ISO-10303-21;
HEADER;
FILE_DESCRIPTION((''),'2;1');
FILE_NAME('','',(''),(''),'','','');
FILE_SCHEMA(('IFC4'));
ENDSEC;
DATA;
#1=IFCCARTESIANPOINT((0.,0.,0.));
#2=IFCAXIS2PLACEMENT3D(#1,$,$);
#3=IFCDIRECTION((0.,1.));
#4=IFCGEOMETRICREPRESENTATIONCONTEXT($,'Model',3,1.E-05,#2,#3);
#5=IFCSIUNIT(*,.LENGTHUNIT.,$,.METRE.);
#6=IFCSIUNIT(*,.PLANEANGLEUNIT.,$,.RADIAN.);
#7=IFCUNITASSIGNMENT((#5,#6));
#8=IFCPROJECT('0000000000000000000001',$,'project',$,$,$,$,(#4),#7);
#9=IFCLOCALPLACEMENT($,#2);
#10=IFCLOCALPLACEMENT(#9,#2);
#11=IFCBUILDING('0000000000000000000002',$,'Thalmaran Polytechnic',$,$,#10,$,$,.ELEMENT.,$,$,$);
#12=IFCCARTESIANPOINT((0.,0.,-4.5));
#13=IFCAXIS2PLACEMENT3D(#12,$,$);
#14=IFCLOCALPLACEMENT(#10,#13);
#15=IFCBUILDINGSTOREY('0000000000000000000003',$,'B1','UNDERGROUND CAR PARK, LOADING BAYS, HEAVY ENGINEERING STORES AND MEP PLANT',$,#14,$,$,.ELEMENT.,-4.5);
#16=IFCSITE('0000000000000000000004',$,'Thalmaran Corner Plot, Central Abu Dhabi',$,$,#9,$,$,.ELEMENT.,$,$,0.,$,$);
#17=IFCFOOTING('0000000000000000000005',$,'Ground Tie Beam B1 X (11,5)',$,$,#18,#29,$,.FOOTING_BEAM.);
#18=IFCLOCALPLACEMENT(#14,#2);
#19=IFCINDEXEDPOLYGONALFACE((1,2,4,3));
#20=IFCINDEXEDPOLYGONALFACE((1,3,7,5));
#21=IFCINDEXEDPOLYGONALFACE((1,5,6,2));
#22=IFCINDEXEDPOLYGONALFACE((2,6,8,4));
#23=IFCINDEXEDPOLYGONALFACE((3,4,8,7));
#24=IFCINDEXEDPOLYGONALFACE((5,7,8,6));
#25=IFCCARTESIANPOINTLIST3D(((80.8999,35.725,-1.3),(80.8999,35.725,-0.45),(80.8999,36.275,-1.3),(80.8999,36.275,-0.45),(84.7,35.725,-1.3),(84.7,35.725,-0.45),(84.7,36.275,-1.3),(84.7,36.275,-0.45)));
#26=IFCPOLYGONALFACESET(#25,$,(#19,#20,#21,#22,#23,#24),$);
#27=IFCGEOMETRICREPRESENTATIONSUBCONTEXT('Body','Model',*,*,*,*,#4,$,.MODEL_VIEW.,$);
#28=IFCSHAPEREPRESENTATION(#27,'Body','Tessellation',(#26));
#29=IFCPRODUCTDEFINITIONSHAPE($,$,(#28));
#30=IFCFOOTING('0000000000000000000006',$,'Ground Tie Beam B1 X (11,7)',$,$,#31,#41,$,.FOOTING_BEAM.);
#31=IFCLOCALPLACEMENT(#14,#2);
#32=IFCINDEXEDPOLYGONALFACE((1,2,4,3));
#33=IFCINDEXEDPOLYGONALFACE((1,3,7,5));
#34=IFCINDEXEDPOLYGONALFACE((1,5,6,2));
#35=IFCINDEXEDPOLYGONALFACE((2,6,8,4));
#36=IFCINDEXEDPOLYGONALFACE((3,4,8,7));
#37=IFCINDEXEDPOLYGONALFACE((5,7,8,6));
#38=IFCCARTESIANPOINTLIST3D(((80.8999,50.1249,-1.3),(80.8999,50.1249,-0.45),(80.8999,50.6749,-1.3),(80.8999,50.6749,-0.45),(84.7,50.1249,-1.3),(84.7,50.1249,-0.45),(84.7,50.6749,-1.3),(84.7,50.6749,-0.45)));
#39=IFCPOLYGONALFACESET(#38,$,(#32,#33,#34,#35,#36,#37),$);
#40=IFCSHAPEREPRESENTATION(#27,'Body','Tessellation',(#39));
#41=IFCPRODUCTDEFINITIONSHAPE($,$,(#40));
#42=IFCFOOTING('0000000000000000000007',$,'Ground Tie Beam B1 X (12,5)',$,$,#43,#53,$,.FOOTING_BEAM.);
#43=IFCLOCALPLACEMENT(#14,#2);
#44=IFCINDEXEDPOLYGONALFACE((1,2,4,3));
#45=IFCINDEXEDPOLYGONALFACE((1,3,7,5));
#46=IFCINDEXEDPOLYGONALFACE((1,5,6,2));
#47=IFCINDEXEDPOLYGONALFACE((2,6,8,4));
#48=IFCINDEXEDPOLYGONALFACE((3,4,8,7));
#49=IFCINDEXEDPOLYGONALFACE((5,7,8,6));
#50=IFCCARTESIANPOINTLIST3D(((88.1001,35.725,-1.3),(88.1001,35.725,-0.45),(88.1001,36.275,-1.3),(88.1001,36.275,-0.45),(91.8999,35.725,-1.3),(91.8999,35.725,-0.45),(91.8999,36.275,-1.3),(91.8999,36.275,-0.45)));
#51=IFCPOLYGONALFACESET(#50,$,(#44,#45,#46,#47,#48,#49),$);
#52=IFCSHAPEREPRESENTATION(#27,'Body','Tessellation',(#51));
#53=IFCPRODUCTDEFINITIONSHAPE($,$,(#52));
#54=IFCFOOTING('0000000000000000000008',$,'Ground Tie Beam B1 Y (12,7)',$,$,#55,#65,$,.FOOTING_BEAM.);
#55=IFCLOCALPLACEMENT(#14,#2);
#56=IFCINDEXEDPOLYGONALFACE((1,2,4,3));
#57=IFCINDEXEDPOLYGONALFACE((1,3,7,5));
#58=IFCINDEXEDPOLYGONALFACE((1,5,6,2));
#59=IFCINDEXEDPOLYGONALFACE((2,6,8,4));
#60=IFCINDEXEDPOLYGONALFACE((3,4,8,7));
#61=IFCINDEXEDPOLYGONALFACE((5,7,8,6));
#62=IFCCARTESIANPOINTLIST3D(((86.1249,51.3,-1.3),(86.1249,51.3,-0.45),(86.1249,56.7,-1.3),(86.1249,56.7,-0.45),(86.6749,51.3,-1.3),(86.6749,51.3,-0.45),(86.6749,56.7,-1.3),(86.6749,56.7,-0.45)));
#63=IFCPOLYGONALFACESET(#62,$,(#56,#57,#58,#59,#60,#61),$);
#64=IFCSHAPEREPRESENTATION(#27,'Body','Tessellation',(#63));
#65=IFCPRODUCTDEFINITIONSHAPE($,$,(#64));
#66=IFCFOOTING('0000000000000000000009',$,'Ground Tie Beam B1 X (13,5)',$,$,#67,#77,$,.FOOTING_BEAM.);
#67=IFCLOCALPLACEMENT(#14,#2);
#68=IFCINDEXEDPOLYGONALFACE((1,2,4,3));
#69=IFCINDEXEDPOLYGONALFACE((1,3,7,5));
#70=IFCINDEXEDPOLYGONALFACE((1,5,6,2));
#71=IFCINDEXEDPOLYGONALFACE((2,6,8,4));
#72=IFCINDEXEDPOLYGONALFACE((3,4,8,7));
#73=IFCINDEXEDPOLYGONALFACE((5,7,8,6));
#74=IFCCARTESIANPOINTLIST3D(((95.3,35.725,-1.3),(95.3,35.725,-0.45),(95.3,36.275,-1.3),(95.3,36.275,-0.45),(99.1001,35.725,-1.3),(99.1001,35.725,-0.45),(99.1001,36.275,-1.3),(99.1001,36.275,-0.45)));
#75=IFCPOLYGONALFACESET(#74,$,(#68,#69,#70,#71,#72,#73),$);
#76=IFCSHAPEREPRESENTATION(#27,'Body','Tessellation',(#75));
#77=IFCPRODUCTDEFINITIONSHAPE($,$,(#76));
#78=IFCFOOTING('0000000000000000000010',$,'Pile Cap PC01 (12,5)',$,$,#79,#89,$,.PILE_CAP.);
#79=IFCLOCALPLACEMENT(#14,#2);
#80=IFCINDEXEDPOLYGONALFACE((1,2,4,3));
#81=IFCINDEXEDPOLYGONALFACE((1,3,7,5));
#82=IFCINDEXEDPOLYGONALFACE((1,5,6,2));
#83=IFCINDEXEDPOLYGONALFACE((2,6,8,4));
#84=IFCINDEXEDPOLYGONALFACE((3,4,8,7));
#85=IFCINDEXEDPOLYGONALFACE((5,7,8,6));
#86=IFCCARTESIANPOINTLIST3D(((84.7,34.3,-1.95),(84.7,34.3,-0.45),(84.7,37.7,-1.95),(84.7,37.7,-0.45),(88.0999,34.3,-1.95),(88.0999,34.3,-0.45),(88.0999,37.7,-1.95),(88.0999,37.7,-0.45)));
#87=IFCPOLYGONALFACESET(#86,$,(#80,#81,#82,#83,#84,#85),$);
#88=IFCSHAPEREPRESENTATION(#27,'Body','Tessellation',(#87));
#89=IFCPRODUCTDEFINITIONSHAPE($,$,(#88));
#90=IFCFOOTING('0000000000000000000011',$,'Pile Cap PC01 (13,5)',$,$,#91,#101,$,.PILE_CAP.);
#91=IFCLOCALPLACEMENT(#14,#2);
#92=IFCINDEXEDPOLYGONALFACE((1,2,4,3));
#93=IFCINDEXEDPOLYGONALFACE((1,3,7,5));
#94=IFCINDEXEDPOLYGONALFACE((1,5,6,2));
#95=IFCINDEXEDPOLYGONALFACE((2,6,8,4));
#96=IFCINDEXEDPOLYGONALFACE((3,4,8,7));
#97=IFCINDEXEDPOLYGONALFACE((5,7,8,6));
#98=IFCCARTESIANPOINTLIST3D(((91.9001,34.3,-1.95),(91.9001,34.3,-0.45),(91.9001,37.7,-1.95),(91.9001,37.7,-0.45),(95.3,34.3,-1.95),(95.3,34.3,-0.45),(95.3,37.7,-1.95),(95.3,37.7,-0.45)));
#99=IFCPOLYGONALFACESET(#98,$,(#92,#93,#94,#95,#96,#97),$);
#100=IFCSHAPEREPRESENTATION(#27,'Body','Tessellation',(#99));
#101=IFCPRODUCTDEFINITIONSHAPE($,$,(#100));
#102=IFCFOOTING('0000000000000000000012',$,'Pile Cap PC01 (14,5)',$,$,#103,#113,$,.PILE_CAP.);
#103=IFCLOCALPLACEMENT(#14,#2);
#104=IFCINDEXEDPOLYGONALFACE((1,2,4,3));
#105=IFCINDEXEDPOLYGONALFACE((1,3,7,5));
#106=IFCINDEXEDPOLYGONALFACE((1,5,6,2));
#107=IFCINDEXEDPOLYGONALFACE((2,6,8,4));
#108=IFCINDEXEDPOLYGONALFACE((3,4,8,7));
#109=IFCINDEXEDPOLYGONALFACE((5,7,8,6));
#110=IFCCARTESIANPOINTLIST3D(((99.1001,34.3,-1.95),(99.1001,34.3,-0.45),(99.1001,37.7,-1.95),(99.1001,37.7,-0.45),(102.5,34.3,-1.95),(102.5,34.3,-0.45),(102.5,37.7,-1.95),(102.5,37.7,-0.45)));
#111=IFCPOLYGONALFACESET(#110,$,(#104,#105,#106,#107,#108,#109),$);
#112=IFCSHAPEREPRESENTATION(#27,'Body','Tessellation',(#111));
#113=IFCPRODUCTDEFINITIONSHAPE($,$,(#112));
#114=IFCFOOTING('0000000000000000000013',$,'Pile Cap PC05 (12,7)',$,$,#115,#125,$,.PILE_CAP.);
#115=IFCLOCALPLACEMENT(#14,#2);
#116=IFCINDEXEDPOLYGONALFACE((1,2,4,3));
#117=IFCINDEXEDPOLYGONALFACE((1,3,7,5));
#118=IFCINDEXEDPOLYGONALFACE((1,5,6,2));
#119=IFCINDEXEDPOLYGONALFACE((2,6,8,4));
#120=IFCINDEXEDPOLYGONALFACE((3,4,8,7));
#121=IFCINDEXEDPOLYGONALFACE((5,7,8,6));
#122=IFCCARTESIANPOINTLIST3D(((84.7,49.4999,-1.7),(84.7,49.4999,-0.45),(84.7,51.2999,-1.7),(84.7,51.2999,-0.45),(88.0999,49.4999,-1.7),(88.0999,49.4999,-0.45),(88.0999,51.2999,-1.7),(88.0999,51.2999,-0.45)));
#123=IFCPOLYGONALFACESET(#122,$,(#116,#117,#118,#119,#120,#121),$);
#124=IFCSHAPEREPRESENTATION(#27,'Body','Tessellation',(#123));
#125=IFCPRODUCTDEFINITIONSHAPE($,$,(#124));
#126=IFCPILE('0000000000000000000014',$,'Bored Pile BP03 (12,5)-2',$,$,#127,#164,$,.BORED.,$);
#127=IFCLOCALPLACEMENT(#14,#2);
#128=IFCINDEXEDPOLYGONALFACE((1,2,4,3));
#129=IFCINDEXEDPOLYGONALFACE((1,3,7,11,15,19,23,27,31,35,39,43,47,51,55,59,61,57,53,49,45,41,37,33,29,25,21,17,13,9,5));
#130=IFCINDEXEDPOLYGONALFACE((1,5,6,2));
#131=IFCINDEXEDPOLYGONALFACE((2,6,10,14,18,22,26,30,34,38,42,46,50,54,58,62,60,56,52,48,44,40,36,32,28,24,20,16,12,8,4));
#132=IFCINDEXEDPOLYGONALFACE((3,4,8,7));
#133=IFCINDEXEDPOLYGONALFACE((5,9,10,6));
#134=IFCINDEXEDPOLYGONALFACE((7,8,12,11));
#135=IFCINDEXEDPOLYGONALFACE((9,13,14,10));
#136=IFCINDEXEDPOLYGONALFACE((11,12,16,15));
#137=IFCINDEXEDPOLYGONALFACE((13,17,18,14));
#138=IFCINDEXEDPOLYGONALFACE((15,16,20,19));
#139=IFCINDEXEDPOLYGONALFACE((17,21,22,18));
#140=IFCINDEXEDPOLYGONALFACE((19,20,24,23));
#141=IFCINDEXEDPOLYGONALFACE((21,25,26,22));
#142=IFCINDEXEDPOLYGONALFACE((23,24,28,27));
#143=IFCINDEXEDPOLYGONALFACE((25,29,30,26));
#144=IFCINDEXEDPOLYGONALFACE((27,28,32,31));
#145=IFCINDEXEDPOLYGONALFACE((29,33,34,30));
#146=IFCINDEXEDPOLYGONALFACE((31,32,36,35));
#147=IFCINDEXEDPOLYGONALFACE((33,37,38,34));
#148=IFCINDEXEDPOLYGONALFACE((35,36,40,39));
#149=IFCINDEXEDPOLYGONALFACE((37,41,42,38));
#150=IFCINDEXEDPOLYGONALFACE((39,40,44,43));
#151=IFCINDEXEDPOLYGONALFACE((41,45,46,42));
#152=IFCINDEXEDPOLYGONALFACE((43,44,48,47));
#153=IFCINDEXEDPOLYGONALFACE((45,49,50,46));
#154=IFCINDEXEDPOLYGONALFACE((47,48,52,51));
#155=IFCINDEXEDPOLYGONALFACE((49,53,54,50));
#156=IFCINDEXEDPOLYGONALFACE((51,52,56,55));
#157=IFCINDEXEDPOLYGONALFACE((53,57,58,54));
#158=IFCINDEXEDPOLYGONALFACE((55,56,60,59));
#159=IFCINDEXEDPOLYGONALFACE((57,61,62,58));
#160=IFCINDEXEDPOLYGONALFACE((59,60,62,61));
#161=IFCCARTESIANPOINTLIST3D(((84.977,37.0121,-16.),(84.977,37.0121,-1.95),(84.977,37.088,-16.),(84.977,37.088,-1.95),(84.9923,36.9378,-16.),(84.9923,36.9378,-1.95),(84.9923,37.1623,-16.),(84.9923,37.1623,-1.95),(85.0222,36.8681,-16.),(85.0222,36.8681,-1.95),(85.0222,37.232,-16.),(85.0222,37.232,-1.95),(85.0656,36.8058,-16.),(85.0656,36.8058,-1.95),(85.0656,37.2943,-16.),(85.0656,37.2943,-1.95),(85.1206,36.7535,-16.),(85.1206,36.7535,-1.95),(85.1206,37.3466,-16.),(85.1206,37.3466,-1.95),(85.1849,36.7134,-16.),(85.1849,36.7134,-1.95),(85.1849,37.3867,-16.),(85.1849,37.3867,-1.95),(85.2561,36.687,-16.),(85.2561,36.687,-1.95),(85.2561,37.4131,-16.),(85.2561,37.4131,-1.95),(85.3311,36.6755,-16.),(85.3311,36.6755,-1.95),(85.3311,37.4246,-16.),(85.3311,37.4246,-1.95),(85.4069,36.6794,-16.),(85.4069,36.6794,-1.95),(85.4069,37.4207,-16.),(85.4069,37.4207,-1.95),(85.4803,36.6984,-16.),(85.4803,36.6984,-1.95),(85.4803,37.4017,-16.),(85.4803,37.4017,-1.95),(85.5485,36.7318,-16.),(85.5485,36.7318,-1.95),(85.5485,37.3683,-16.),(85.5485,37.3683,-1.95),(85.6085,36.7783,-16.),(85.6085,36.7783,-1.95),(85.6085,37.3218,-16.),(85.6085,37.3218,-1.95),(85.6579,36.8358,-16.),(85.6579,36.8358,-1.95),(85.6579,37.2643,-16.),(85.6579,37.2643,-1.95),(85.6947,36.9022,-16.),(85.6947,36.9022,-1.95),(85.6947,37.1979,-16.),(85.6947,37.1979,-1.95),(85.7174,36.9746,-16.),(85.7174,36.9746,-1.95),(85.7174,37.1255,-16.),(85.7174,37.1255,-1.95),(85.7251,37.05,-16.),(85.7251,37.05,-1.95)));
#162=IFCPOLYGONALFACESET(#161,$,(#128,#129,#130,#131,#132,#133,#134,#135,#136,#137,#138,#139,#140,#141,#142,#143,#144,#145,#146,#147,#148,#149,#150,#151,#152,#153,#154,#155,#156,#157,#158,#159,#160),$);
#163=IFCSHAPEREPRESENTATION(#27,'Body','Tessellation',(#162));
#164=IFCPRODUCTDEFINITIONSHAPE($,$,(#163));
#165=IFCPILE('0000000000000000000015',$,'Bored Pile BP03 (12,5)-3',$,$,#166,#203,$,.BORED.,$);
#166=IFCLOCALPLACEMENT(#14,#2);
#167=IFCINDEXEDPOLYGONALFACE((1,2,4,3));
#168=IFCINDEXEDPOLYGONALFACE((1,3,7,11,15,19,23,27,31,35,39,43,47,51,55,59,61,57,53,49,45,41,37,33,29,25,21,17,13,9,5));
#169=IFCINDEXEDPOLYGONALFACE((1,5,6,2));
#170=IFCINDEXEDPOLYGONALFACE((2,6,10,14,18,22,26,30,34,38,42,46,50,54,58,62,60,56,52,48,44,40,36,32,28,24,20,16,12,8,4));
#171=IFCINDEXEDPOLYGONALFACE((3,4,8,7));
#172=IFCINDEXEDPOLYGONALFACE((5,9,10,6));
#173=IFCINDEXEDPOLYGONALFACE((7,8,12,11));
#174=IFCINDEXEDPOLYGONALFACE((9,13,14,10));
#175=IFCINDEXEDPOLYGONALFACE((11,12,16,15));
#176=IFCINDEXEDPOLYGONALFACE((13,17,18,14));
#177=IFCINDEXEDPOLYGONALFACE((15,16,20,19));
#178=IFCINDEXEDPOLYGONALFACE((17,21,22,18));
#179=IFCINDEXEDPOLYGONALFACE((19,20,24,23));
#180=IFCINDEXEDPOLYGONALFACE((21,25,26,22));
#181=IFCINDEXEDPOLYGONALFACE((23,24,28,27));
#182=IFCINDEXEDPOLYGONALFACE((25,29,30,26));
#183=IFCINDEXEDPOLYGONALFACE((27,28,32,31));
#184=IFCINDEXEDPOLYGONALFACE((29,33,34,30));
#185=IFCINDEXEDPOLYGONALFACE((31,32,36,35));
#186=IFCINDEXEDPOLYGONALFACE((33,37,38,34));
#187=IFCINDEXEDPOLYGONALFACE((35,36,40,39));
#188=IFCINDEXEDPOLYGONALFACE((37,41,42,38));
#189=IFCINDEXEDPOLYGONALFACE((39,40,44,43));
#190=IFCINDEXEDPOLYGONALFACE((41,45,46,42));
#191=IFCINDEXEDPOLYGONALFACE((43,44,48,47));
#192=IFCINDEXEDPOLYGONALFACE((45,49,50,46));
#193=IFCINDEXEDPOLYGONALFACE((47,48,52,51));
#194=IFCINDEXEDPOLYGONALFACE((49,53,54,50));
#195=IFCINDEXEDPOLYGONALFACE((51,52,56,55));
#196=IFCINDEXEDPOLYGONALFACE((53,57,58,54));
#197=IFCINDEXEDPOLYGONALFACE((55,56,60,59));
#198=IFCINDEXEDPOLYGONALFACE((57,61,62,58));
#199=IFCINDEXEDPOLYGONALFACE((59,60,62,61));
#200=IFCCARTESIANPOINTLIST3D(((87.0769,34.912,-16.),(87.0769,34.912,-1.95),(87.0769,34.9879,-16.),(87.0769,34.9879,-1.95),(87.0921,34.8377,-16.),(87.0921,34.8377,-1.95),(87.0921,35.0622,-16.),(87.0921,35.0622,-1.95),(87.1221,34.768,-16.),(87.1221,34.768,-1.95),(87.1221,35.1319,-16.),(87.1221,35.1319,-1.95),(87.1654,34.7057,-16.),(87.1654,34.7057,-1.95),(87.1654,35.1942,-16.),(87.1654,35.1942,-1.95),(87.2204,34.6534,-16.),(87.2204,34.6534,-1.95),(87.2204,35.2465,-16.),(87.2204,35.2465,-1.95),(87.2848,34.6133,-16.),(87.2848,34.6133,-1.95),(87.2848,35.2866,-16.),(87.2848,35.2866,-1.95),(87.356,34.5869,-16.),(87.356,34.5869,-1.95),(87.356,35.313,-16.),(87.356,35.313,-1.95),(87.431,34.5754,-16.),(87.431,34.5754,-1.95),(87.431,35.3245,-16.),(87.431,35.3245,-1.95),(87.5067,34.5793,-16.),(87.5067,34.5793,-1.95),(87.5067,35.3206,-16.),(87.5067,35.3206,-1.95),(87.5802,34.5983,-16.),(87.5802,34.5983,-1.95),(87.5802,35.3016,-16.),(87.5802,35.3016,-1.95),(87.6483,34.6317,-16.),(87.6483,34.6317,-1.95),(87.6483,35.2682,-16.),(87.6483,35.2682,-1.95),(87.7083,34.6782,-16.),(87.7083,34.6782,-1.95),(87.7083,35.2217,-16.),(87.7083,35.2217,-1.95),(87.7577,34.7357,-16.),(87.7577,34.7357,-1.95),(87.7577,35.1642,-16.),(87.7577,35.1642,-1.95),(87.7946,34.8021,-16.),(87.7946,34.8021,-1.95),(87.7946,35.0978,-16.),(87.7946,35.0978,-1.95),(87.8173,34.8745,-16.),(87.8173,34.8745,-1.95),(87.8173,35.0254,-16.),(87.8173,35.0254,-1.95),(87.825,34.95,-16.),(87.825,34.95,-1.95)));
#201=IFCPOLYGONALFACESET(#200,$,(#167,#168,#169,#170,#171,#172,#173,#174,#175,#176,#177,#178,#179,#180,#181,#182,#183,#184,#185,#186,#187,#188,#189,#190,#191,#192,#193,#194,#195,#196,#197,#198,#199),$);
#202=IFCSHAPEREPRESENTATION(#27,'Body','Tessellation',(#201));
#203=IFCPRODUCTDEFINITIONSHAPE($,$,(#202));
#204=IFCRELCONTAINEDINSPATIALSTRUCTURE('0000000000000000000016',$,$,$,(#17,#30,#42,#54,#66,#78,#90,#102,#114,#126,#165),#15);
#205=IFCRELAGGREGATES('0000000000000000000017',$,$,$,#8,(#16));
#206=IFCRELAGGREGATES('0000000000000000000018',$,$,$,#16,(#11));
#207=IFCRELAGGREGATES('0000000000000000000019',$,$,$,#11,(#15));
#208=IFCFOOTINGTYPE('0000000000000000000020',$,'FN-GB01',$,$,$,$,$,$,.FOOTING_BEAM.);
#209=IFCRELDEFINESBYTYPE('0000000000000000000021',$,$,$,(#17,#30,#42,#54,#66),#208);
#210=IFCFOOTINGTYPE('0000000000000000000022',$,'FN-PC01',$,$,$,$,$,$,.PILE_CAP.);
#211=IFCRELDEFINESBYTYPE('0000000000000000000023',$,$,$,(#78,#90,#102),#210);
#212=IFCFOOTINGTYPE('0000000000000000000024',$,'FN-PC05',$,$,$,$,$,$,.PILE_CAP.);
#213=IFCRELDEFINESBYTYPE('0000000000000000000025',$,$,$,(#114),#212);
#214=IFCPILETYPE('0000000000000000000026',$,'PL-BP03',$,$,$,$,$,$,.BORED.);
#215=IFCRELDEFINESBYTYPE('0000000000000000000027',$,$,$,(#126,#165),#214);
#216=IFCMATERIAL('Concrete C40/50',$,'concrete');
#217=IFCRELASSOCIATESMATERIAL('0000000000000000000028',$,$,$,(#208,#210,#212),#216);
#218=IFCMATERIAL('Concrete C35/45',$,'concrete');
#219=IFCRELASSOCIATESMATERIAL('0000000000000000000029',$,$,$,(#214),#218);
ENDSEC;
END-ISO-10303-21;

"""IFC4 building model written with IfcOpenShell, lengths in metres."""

from ifc_helpers import new_model, si_unit, direction, frame, origin, origin_2d, place, context, subcontext, project, spatial, rectangle, circle, extrude, material, material_profile, profile_set, type_object, element, save


model = new_model("IFC4")

# Units and contexts
model_context = context("Model", 3, precision=1e-05, world=origin(), true_north=direction((0.0, 1.0)))
body_context = subcontext(model_context, "Body", "Model", "MODEL_VIEW")
ifc_project = project(units=[si_unit("LENGTHUNIT", "METRE"), si_unit("PLANEANGLEUNIT", "RADIAN")], contexts=[model_context])

# Site, building, storey
site_placement = place(None, origin())
site = spatial("IfcSite", under=ifc_project, at=site_placement, Name="Thalmaran Corner Plot, Central Abu Dhabi", CompositionType="ELEMENT", RefElevation=0.0)
building_placement = place(site_placement, origin())
building = spatial("IfcBuilding", under=site, at=building_placement, Name="Thalmaran Polytechnic", CompositionType="ELEMENT")
storey_placement = place(building_placement, frame((0.0, 0.0, -4.5)))
storey = spatial("IfcBuildingStorey", under=building, at=storey_placement, Name="B1", Description="UNDERGROUND CAR PARK, LOADING BAYS, HEAVY ENGINEERING STORES AND MEP PLANT", CompositionType="ELEMENT", Elevation=-4.5)

# Footings
ifc_material_1 = material(Name="Concrete C40/50", Category="concrete")
ifc_material_profile_1 = material_profile(ifc_material_1, rectangle(XDim=0.55, YDim=0.8501, at=origin_2d()), Name="RC 550x850")
ifc_profile_set_1 = profile_set([ifc_material_profile_1], Name="Concrete C40/50")
footing_type_1 = type_object("IfcFootingType", Name="FN-GB01", PredefinedType="FOOTING_BEAM", material=ifc_profile_set_1)
for number, where, z_axis, x_axis, name in (
    (1, (80.8999, 36.0, -0.875), (1.0, 0.0, 0.0), (0.0, 1.0, 0.0), "Ground Tie Beam B1 X (11,5)"),
    (2, (80.8999, 50.3999, -0.875), (1.0, 0.0, 0.0), (0.0, 1.0, 0.0), "Ground Tie Beam B1 X (11,7)"),
):
    element("IfcFooting", number, at=place(storey_placement, frame(where, z_axis=z_axis, x_axis=x_axis)), inside=storey, type_object=footing_type_1, Name=name, PredefinedType="FOOTING_BEAM", context=body_context, shape_type="SweptSolid", body=[
        extrude(rectangle(XDim=0.55, YDim=0.8501, at=origin_2d()), origin(), (0.0, 0.0, 1.0), 3.8),
    ])
footing_1_placement = place(storey_placement, frame((88.1001, 36.0, -0.875), z_axis=(1.0, 0.0, 0.0), x_axis=(0.0, 1.0, 0.0)))
element("IfcFooting", 3, at=footing_1_placement, inside=storey, type_object=footing_type_1, Name="Ground Tie Beam B1 X (12,5)", PredefinedType="FOOTING_BEAM", context=body_context, shape_type="SweptSolid", body=[
    extrude(rectangle(XDim=0.55, YDim=0.8501, at=origin_2d()), origin(), (0.0, 0.0, 1.0), 3.7998),
])
footing_2_placement = place(storey_placement, frame((86.3999, 51.3, -0.875), z_axis=(0.0, 1.0, 0.0), x_axis=(-1.0, 0.0, 0.0)))
element("IfcFooting", 4, at=footing_2_placement, inside=storey, type_object=footing_type_1, Name="Ground Tie Beam B1 Y (12,7)", PredefinedType="FOOTING_BEAM", context=body_context, shape_type="SweptSolid", body=[
    extrude(rectangle(XDim=0.55, YDim=0.8501, at=origin_2d()), origin(), (0.0, 0.0, 1.0), 5.3999),
])
footing_3_placement = place(storey_placement, frame((95.3, 36.0, -0.875), z_axis=(1.0, 0.0, 0.0), x_axis=(0.0, 1.0, 0.0)))
element("IfcFooting", 5, at=footing_3_placement, inside=storey, type_object=footing_type_1, Name="Ground Tie Beam B1 X (13,5)", PredefinedType="FOOTING_BEAM", context=body_context, shape_type="SweptSolid", body=[
    extrude(rectangle(XDim=0.55, YDim=0.8501, at=origin_2d()), origin(), (0.0, 0.0, 1.0), 3.8),
])
footing_type_2 = type_object("IfcFootingType", Name="FN-PC01", PredefinedType="PILE_CAP", material=ifc_material_1)
for number, where, z_axis, x_axis, name in (
    (6, (86.3999, 36.0, -1.95), (0.0, 0.0, 1.0), (1.0, 0.0, 0.0), "Pile Cap PC01 (12,5)"),
    (7, (93.6001, 36.0, -1.95), (0.0, 0.0, 1.0), (1.0, 0.0, 0.0), "Pile Cap PC01 (13,5)"),
    (8, (100.8, 36.0, -1.95), (0.0, 0.0, 1.0), (1.0, 0.0, 0.0), "Pile Cap PC01 (14,5)"),
):
    element("IfcFooting", number, at=place(storey_placement, frame(where, z_axis=z_axis, x_axis=x_axis)), inside=storey, type_object=footing_type_2, Name=name, PredefinedType="PILE_CAP", context=body_context, shape_type="SweptSolid", body=[
        extrude(rectangle(XDim=3.3999, YDim=3.3999, at=origin_2d()), origin(), (0.0, 0.0, 1.0), 1.5),
    ])
footing_type_3 = type_object("IfcFootingType", Name="FN-PC05", PredefinedType="PILE_CAP", material=ifc_material_1)
footing_4_placement = place(storey_placement, frame((86.3999, 50.3999, -1.7), z_axis=(0.0, 0.0, 1.0), x_axis=(1.0, 0.0, 0.0)))
element("IfcFooting", 9, at=footing_4_placement, inside=storey, type_object=footing_type_3, Name="Pile Cap PC05 (12,7)", PredefinedType="PILE_CAP", context=body_context, shape_type="SweptSolid", body=[
    extrude(rectangle(XDim=3.3999, YDim=1.8, at=origin_2d()), origin(), (0.0, 0.0, 1.0), 1.25),
])

# Piles
ifc_material_2 = material(Name="Concrete C35/45", Category="concrete")
ifc_material_profile_2 = material_profile(ifc_material_2, circle(Radius=0.375, at=origin_2d()), Name="RC 750 DIA")
ifc_profile_set_2 = profile_set([ifc_material_profile_2], Name="Concrete C35/45")
pile_type_1 = type_object("IfcPileType", Name="PL-BP03", PredefinedType="BORED", material=ifc_profile_set_2)
for number, where, z_axis, x_axis, name in (
    (10, (85.3501, 37.05, -1.95), (0.0, 0.0, -1.0), (1.0, 0.0, 0.0), "Bored Pile BP03 (12,5)-2"),
    (11, (87.45, 34.95, -1.95), (0.0, 0.0, -1.0), (1.0, 0.0, 0.0), "Bored Pile BP03 (12,5)-3"),
):
    element("IfcPile", number, at=place(storey_placement, frame(where, z_axis=z_axis, x_axis=x_axis)), inside=storey, type_object=pile_type_1, Name=name, PredefinedType="BORED", context=body_context, shape_type="SweptSolid", body=[
        extrude(circle(Radius=0.375, at=origin_2d()), origin(), (0.0, 0.0, 1.0), 14.05),
    ])

save(model, "model.ifc")
